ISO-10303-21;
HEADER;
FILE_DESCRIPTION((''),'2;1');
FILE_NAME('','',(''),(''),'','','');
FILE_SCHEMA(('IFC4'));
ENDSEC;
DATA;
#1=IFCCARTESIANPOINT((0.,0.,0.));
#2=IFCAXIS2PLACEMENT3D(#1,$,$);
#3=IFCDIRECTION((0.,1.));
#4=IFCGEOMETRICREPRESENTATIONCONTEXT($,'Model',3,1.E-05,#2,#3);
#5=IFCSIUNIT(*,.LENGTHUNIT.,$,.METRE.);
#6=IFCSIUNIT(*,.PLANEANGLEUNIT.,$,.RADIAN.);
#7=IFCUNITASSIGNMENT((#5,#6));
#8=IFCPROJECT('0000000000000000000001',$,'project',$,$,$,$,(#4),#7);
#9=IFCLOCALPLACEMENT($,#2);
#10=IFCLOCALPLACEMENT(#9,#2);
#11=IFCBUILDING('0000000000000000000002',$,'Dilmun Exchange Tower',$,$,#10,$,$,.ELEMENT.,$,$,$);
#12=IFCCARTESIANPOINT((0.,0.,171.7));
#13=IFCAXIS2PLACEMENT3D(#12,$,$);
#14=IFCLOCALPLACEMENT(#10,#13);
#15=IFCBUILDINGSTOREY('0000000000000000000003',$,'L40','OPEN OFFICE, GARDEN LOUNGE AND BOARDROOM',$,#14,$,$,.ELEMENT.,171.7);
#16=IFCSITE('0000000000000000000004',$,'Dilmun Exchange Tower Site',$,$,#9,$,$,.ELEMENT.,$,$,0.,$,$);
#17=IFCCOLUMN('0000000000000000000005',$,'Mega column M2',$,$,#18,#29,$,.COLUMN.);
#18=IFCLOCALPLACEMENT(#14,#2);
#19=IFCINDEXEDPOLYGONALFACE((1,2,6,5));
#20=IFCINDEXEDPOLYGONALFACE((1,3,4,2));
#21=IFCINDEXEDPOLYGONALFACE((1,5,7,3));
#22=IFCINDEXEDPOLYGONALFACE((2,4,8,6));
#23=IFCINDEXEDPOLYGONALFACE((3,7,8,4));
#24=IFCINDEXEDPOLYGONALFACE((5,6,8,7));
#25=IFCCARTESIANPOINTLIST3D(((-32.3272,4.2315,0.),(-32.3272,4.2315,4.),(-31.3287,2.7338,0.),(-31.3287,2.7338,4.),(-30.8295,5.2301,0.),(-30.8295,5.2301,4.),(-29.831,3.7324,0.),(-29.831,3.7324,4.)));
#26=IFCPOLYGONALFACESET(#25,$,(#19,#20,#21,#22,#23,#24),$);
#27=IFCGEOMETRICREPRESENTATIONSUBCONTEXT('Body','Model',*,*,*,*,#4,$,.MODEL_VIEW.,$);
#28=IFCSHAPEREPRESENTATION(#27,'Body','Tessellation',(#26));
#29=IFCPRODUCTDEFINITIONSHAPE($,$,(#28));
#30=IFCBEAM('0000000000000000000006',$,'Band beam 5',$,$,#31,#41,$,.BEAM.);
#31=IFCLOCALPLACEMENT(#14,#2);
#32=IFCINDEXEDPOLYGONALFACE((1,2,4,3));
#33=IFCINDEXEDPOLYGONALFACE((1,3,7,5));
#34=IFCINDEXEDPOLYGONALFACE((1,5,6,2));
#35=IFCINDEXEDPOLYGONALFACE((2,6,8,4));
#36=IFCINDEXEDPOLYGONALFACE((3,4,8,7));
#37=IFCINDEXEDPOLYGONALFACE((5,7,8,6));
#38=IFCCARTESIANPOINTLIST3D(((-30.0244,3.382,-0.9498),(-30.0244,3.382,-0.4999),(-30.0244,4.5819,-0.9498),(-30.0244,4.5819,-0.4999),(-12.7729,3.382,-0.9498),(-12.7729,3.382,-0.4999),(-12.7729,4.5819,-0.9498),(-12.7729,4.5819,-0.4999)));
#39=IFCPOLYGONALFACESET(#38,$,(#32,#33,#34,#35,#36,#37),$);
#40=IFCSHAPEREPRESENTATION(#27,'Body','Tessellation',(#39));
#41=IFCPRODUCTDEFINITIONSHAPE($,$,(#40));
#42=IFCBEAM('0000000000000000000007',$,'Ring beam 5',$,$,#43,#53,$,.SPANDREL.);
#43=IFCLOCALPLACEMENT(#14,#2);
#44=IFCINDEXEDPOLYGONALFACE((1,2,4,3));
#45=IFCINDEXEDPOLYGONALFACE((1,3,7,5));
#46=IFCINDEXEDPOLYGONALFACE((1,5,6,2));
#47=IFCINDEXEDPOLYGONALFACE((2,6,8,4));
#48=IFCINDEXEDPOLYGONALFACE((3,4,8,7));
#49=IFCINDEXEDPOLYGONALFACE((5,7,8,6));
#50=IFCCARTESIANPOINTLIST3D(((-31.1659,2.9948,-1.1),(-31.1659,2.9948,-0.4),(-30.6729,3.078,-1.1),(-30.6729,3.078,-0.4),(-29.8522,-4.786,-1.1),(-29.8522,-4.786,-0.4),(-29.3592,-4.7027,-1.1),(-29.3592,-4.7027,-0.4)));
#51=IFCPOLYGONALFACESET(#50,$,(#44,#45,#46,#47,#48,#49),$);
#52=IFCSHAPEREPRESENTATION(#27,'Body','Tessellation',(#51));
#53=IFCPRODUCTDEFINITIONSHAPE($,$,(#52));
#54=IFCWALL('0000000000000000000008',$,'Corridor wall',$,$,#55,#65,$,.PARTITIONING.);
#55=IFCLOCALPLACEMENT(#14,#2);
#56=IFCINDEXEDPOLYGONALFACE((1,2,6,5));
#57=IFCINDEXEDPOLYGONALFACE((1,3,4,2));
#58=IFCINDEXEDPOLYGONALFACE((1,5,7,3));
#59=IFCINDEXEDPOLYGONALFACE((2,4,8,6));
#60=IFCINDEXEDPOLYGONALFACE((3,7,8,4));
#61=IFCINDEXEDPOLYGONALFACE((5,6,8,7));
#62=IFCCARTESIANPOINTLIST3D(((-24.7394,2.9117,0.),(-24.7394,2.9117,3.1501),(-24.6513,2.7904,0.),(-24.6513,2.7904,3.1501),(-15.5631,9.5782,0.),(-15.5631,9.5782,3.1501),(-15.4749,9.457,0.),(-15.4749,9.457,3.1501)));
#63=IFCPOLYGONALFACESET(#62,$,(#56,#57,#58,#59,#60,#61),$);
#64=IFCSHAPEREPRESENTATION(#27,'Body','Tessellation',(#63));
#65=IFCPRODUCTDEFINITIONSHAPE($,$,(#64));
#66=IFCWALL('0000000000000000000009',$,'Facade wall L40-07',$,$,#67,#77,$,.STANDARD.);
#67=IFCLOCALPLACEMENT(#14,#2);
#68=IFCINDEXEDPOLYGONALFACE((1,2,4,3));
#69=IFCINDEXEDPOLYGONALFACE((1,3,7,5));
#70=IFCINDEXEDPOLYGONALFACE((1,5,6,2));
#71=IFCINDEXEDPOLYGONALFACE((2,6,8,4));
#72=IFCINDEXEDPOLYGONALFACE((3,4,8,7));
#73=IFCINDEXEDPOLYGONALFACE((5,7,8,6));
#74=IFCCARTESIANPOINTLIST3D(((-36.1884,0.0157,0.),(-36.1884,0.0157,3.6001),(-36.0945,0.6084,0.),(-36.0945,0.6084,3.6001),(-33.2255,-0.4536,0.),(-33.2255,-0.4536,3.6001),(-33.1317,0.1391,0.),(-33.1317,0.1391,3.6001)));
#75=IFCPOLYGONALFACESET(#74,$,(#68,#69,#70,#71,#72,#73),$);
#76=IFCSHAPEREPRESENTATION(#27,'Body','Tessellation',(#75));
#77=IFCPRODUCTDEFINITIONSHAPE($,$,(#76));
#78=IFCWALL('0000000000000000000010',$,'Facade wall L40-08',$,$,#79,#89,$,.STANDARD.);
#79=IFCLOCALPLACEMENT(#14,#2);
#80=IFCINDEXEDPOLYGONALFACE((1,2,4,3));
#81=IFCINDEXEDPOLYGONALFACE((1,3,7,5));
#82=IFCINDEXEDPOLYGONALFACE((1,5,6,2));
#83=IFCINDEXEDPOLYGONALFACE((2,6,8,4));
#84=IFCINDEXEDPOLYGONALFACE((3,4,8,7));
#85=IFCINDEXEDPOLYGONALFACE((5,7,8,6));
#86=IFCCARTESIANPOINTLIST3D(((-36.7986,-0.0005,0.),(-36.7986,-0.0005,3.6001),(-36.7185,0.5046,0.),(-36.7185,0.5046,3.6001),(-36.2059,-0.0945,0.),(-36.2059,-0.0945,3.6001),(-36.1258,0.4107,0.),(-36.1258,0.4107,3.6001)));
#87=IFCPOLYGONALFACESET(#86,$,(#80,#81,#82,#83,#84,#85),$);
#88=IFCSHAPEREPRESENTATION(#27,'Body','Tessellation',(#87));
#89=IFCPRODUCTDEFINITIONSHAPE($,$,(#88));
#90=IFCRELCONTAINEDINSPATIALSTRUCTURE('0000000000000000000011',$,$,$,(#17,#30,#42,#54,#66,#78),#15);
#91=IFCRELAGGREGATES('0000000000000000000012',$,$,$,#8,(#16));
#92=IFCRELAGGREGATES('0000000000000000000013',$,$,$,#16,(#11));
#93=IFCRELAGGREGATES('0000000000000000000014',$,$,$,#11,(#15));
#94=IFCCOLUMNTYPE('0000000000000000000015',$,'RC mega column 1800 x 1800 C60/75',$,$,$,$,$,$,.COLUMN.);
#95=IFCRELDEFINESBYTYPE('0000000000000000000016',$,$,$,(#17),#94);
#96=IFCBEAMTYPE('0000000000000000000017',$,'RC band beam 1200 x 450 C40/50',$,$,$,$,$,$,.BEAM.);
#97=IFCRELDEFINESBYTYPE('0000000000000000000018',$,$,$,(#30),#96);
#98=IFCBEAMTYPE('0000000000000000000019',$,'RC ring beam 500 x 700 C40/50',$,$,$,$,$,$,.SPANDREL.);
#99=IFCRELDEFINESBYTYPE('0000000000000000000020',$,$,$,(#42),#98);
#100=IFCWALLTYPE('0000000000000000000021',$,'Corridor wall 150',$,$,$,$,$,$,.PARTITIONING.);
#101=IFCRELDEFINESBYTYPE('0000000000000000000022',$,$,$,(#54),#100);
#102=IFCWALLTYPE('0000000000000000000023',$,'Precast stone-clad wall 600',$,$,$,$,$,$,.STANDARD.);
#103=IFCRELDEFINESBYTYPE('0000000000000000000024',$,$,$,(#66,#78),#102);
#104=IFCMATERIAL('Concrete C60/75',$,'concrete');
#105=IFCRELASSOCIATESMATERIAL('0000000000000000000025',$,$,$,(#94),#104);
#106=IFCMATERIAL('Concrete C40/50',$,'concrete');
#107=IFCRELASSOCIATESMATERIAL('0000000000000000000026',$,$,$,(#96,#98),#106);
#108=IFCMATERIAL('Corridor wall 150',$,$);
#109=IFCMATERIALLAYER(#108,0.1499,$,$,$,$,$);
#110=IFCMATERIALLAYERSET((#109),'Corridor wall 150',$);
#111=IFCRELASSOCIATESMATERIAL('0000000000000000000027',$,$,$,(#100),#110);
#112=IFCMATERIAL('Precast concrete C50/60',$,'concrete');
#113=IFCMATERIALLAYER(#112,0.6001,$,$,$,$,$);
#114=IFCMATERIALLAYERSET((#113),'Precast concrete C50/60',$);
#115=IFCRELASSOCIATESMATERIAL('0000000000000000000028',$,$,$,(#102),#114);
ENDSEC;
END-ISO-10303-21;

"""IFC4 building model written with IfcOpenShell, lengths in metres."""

from ifc_helpers import new_model, si_unit, direction, frame, frame_2d, origin, origin_2d, place, context, subcontext, project, spatial, rectangle, extrude, material, layer, layer_set, material_profile, profile_set, type_object, element, save


model = new_model("IFC4")

# Units and contexts
model_context = context("Model", 3, precision=1e-05, world=origin(), true_north=direction((0.0, 1.0)))
body_context = subcontext(model_context, "Body", "Model", "MODEL_VIEW")
ifc_project = project(units=[si_unit("LENGTHUNIT", "METRE"), si_unit("PLANEANGLEUNIT", "RADIAN")], contexts=[model_context])

# Site, building, storey
site_placement = place(None, origin())
site = spatial("IfcSite", under=ifc_project, at=site_placement, Name="Dilmun Exchange Tower Site", CompositionType="ELEMENT", RefElevation=0.0)
building_placement = place(site_placement, origin())
building = spatial("IfcBuilding", under=site, at=building_placement, Name="Dilmun Exchange Tower", CompositionType="ELEMENT")
storey_placement = place(building_placement, frame((0.0, 0.0, 171.7)))
storey = spatial("IfcBuildingStorey", under=building, at=storey_placement, Name="L40", Description="OPEN OFFICE, GARDEN LOUNGE AND BOARDROOM", CompositionType="ELEMENT", Elevation=171.7)

# Column
ifc_material_1 = material(Name="Concrete C60/75", Category="concrete")
ifc_material_profile_1 = material_profile(ifc_material_1, rectangle(XDim=1.8, YDim=1.8, at=origin_2d()), Name="1800 x 1800")
ifc_profile_set_1 = profile_set([ifc_material_profile_1], Name="Concrete C60/75")
column_type = type_object("IfcColumnType", Name="RC mega column 1800 x 1800 C60/75", PredefinedType="COLUMN", material=ifc_profile_set_1)
column_placement = place(storey_placement, frame((-31.0791, 3.9819, 0.0), z_axis=(0.0, 0.0, 1.0), x_axis=(0.832029, 0.554733, 0.0)))
element("IfcColumn", 1, at=column_placement, inside=storey, type_object=column_type, Name="Mega column M2", PredefinedType="COLUMN", context=body_context, shape_type="SweptSolid", body=[
    extrude(rectangle(XDim=1.8, YDim=1.8, at=origin_2d()), origin(), (0.0, 0.0, 1.0), 4.0),
])

# Beams
ifc_material_2 = material(Name="Concrete C40/50", Category="concrete")
ifc_material_profile_2 = material_profile(ifc_material_2, rectangle(XDim=1.2, YDim=0.45, at=origin_2d()), Name="1200 x 450")
ifc_profile_set_2 = profile_set([ifc_material_profile_2], Name="Concrete C40/50")
beam_type_1 = type_object("IfcBeamType", Name="RC band beam 1200 x 450 C40/50", PredefinedType="BEAM", material=ifc_profile_set_2)
beam_1_placement = place(storey_placement, frame((-30.0244, 3.9819, -0.7249), z_axis=(1.0, 0.0, 0.0), x_axis=(0.0, 1.0, 0.0)))
element("IfcBeam", 2, at=beam_1_placement, inside=storey, type_object=beam_type_1, Name="Band beam 5", PredefinedType="BEAM", context=body_context, shape_type="SweptSolid", body=[
    extrude(rectangle(XDim=1.2, YDim=0.45, at=origin_2d()), origin(), (0.0, 0.0, 1.0), 17.2515),
])
ifc_material_profile_3 = material_profile(ifc_material_2, rectangle(XDim=0.5, YDim=0.7, at=origin_2d()), Name="500 x 700")
ifc_profile_set_3 = profile_set([ifc_material_profile_3], Name="Concrete C40/50")
beam_type_2 = type_object("IfcBeamType", Name="RC ring beam 500 x 700 C40/50", PredefinedType="SPANDREL", material=ifc_profile_set_3)
beam_2_placement = place(storey_placement, frame((-30.9194, 3.0364, -0.75), z_axis=(0.166486, -0.986044, 0.0), x_axis=(0.986044, 0.166486, 0.0)))
element("IfcBeam", 3, at=beam_2_placement, inside=storey, type_object=beam_type_2, Name="Ring beam 5", PredefinedType="SPANDREL", context=body_context, shape_type="SweptSolid", body=[
    extrude(rectangle(XDim=0.5, YDim=0.7, at=origin_2d()), origin(), (0.0, 0.0, 1.0), 7.8909),
])

# Walls
ifc_material_3 = material(Name="Corridor wall 150")
ifc_layer_1 = layer(ifc_material_3, 0.1499)
ifc_layer_set_1 = layer_set([ifc_layer_1], Name="Corridor wall 150")
wall_type_1 = type_object("IfcWallType", Name="Corridor wall 150", PredefinedType="PARTITIONING", material=ifc_layer_set_1)
wall_1_placement = place(storey_placement, frame((-24.6953, 2.8511, 0.0), z_axis=(0.0, 0.0, 1.0), x_axis=(0.809036, 0.58776, 0.0)))
element("IfcWall", 4, at=wall_1_placement, inside=storey, type_object=wall_type_1, Name="Corridor wall", PredefinedType="PARTITIONING", context=body_context, shape_type="SweptSolid", body=[
    extrude(rectangle(XDim=11.3423, YDim=0.1499, at=frame_2d((5.6711, 0.0))), origin(), (0.0, 0.0, 1.0), 3.1501),
])
ifc_material_4 = material(Name="Precast concrete C50/60", Category="concrete")
ifc_layer_2 = layer(ifc_material_4, 0.6001)
ifc_layer_set_2 = layer_set([ifc_layer_2], Name="Precast concrete C50/60")
wall_type_2 = type_object("IfcWallType", Name="Precast stone-clad wall 600", PredefinedType="STANDARD", material=ifc_layer_set_2)
wall_2_placement = place(storey_placement, frame((-33.1785, -0.1572, 0.0), z_axis=(0.0, 0.0, 1.0), x_axis=(-0.98769, 0.156422, 0.0)))
element("IfcWall", 5, at=wall_2_placement, inside=storey, type_object=wall_type_2, Name="Facade wall L40-07", PredefinedType="STANDARD", context=body_context, shape_type="SweptSolid", body=[
    extrude(rectangle(XDim=2.9998, YDim=0.6001, at=frame_2d((1.5, 0.0))), origin(), (0.0, 0.0, 1.0), 3.6001),
])
wall_3_placement = place(storey_placement, frame((-36.4221, 0.4578, 0.0), z_axis=(0.0, 0.0, 1.0), x_axis=(-0.156575, -0.987666, 0.0)))
element("IfcWall", 6, at=wall_3_placement, inside=storey, type_object=wall_type_2, Name="Facade wall L40-08", PredefinedType="STANDARD", context=body_context, shape_type="SweptSolid", body=[
    extrude(rectangle(XDim=0.5115, YDim=0.6001, at=frame_2d((0.2559, 0.0))), origin(), (0.0, 0.0, 1.0), 3.6001),
])

save(model, "model.ifc")
